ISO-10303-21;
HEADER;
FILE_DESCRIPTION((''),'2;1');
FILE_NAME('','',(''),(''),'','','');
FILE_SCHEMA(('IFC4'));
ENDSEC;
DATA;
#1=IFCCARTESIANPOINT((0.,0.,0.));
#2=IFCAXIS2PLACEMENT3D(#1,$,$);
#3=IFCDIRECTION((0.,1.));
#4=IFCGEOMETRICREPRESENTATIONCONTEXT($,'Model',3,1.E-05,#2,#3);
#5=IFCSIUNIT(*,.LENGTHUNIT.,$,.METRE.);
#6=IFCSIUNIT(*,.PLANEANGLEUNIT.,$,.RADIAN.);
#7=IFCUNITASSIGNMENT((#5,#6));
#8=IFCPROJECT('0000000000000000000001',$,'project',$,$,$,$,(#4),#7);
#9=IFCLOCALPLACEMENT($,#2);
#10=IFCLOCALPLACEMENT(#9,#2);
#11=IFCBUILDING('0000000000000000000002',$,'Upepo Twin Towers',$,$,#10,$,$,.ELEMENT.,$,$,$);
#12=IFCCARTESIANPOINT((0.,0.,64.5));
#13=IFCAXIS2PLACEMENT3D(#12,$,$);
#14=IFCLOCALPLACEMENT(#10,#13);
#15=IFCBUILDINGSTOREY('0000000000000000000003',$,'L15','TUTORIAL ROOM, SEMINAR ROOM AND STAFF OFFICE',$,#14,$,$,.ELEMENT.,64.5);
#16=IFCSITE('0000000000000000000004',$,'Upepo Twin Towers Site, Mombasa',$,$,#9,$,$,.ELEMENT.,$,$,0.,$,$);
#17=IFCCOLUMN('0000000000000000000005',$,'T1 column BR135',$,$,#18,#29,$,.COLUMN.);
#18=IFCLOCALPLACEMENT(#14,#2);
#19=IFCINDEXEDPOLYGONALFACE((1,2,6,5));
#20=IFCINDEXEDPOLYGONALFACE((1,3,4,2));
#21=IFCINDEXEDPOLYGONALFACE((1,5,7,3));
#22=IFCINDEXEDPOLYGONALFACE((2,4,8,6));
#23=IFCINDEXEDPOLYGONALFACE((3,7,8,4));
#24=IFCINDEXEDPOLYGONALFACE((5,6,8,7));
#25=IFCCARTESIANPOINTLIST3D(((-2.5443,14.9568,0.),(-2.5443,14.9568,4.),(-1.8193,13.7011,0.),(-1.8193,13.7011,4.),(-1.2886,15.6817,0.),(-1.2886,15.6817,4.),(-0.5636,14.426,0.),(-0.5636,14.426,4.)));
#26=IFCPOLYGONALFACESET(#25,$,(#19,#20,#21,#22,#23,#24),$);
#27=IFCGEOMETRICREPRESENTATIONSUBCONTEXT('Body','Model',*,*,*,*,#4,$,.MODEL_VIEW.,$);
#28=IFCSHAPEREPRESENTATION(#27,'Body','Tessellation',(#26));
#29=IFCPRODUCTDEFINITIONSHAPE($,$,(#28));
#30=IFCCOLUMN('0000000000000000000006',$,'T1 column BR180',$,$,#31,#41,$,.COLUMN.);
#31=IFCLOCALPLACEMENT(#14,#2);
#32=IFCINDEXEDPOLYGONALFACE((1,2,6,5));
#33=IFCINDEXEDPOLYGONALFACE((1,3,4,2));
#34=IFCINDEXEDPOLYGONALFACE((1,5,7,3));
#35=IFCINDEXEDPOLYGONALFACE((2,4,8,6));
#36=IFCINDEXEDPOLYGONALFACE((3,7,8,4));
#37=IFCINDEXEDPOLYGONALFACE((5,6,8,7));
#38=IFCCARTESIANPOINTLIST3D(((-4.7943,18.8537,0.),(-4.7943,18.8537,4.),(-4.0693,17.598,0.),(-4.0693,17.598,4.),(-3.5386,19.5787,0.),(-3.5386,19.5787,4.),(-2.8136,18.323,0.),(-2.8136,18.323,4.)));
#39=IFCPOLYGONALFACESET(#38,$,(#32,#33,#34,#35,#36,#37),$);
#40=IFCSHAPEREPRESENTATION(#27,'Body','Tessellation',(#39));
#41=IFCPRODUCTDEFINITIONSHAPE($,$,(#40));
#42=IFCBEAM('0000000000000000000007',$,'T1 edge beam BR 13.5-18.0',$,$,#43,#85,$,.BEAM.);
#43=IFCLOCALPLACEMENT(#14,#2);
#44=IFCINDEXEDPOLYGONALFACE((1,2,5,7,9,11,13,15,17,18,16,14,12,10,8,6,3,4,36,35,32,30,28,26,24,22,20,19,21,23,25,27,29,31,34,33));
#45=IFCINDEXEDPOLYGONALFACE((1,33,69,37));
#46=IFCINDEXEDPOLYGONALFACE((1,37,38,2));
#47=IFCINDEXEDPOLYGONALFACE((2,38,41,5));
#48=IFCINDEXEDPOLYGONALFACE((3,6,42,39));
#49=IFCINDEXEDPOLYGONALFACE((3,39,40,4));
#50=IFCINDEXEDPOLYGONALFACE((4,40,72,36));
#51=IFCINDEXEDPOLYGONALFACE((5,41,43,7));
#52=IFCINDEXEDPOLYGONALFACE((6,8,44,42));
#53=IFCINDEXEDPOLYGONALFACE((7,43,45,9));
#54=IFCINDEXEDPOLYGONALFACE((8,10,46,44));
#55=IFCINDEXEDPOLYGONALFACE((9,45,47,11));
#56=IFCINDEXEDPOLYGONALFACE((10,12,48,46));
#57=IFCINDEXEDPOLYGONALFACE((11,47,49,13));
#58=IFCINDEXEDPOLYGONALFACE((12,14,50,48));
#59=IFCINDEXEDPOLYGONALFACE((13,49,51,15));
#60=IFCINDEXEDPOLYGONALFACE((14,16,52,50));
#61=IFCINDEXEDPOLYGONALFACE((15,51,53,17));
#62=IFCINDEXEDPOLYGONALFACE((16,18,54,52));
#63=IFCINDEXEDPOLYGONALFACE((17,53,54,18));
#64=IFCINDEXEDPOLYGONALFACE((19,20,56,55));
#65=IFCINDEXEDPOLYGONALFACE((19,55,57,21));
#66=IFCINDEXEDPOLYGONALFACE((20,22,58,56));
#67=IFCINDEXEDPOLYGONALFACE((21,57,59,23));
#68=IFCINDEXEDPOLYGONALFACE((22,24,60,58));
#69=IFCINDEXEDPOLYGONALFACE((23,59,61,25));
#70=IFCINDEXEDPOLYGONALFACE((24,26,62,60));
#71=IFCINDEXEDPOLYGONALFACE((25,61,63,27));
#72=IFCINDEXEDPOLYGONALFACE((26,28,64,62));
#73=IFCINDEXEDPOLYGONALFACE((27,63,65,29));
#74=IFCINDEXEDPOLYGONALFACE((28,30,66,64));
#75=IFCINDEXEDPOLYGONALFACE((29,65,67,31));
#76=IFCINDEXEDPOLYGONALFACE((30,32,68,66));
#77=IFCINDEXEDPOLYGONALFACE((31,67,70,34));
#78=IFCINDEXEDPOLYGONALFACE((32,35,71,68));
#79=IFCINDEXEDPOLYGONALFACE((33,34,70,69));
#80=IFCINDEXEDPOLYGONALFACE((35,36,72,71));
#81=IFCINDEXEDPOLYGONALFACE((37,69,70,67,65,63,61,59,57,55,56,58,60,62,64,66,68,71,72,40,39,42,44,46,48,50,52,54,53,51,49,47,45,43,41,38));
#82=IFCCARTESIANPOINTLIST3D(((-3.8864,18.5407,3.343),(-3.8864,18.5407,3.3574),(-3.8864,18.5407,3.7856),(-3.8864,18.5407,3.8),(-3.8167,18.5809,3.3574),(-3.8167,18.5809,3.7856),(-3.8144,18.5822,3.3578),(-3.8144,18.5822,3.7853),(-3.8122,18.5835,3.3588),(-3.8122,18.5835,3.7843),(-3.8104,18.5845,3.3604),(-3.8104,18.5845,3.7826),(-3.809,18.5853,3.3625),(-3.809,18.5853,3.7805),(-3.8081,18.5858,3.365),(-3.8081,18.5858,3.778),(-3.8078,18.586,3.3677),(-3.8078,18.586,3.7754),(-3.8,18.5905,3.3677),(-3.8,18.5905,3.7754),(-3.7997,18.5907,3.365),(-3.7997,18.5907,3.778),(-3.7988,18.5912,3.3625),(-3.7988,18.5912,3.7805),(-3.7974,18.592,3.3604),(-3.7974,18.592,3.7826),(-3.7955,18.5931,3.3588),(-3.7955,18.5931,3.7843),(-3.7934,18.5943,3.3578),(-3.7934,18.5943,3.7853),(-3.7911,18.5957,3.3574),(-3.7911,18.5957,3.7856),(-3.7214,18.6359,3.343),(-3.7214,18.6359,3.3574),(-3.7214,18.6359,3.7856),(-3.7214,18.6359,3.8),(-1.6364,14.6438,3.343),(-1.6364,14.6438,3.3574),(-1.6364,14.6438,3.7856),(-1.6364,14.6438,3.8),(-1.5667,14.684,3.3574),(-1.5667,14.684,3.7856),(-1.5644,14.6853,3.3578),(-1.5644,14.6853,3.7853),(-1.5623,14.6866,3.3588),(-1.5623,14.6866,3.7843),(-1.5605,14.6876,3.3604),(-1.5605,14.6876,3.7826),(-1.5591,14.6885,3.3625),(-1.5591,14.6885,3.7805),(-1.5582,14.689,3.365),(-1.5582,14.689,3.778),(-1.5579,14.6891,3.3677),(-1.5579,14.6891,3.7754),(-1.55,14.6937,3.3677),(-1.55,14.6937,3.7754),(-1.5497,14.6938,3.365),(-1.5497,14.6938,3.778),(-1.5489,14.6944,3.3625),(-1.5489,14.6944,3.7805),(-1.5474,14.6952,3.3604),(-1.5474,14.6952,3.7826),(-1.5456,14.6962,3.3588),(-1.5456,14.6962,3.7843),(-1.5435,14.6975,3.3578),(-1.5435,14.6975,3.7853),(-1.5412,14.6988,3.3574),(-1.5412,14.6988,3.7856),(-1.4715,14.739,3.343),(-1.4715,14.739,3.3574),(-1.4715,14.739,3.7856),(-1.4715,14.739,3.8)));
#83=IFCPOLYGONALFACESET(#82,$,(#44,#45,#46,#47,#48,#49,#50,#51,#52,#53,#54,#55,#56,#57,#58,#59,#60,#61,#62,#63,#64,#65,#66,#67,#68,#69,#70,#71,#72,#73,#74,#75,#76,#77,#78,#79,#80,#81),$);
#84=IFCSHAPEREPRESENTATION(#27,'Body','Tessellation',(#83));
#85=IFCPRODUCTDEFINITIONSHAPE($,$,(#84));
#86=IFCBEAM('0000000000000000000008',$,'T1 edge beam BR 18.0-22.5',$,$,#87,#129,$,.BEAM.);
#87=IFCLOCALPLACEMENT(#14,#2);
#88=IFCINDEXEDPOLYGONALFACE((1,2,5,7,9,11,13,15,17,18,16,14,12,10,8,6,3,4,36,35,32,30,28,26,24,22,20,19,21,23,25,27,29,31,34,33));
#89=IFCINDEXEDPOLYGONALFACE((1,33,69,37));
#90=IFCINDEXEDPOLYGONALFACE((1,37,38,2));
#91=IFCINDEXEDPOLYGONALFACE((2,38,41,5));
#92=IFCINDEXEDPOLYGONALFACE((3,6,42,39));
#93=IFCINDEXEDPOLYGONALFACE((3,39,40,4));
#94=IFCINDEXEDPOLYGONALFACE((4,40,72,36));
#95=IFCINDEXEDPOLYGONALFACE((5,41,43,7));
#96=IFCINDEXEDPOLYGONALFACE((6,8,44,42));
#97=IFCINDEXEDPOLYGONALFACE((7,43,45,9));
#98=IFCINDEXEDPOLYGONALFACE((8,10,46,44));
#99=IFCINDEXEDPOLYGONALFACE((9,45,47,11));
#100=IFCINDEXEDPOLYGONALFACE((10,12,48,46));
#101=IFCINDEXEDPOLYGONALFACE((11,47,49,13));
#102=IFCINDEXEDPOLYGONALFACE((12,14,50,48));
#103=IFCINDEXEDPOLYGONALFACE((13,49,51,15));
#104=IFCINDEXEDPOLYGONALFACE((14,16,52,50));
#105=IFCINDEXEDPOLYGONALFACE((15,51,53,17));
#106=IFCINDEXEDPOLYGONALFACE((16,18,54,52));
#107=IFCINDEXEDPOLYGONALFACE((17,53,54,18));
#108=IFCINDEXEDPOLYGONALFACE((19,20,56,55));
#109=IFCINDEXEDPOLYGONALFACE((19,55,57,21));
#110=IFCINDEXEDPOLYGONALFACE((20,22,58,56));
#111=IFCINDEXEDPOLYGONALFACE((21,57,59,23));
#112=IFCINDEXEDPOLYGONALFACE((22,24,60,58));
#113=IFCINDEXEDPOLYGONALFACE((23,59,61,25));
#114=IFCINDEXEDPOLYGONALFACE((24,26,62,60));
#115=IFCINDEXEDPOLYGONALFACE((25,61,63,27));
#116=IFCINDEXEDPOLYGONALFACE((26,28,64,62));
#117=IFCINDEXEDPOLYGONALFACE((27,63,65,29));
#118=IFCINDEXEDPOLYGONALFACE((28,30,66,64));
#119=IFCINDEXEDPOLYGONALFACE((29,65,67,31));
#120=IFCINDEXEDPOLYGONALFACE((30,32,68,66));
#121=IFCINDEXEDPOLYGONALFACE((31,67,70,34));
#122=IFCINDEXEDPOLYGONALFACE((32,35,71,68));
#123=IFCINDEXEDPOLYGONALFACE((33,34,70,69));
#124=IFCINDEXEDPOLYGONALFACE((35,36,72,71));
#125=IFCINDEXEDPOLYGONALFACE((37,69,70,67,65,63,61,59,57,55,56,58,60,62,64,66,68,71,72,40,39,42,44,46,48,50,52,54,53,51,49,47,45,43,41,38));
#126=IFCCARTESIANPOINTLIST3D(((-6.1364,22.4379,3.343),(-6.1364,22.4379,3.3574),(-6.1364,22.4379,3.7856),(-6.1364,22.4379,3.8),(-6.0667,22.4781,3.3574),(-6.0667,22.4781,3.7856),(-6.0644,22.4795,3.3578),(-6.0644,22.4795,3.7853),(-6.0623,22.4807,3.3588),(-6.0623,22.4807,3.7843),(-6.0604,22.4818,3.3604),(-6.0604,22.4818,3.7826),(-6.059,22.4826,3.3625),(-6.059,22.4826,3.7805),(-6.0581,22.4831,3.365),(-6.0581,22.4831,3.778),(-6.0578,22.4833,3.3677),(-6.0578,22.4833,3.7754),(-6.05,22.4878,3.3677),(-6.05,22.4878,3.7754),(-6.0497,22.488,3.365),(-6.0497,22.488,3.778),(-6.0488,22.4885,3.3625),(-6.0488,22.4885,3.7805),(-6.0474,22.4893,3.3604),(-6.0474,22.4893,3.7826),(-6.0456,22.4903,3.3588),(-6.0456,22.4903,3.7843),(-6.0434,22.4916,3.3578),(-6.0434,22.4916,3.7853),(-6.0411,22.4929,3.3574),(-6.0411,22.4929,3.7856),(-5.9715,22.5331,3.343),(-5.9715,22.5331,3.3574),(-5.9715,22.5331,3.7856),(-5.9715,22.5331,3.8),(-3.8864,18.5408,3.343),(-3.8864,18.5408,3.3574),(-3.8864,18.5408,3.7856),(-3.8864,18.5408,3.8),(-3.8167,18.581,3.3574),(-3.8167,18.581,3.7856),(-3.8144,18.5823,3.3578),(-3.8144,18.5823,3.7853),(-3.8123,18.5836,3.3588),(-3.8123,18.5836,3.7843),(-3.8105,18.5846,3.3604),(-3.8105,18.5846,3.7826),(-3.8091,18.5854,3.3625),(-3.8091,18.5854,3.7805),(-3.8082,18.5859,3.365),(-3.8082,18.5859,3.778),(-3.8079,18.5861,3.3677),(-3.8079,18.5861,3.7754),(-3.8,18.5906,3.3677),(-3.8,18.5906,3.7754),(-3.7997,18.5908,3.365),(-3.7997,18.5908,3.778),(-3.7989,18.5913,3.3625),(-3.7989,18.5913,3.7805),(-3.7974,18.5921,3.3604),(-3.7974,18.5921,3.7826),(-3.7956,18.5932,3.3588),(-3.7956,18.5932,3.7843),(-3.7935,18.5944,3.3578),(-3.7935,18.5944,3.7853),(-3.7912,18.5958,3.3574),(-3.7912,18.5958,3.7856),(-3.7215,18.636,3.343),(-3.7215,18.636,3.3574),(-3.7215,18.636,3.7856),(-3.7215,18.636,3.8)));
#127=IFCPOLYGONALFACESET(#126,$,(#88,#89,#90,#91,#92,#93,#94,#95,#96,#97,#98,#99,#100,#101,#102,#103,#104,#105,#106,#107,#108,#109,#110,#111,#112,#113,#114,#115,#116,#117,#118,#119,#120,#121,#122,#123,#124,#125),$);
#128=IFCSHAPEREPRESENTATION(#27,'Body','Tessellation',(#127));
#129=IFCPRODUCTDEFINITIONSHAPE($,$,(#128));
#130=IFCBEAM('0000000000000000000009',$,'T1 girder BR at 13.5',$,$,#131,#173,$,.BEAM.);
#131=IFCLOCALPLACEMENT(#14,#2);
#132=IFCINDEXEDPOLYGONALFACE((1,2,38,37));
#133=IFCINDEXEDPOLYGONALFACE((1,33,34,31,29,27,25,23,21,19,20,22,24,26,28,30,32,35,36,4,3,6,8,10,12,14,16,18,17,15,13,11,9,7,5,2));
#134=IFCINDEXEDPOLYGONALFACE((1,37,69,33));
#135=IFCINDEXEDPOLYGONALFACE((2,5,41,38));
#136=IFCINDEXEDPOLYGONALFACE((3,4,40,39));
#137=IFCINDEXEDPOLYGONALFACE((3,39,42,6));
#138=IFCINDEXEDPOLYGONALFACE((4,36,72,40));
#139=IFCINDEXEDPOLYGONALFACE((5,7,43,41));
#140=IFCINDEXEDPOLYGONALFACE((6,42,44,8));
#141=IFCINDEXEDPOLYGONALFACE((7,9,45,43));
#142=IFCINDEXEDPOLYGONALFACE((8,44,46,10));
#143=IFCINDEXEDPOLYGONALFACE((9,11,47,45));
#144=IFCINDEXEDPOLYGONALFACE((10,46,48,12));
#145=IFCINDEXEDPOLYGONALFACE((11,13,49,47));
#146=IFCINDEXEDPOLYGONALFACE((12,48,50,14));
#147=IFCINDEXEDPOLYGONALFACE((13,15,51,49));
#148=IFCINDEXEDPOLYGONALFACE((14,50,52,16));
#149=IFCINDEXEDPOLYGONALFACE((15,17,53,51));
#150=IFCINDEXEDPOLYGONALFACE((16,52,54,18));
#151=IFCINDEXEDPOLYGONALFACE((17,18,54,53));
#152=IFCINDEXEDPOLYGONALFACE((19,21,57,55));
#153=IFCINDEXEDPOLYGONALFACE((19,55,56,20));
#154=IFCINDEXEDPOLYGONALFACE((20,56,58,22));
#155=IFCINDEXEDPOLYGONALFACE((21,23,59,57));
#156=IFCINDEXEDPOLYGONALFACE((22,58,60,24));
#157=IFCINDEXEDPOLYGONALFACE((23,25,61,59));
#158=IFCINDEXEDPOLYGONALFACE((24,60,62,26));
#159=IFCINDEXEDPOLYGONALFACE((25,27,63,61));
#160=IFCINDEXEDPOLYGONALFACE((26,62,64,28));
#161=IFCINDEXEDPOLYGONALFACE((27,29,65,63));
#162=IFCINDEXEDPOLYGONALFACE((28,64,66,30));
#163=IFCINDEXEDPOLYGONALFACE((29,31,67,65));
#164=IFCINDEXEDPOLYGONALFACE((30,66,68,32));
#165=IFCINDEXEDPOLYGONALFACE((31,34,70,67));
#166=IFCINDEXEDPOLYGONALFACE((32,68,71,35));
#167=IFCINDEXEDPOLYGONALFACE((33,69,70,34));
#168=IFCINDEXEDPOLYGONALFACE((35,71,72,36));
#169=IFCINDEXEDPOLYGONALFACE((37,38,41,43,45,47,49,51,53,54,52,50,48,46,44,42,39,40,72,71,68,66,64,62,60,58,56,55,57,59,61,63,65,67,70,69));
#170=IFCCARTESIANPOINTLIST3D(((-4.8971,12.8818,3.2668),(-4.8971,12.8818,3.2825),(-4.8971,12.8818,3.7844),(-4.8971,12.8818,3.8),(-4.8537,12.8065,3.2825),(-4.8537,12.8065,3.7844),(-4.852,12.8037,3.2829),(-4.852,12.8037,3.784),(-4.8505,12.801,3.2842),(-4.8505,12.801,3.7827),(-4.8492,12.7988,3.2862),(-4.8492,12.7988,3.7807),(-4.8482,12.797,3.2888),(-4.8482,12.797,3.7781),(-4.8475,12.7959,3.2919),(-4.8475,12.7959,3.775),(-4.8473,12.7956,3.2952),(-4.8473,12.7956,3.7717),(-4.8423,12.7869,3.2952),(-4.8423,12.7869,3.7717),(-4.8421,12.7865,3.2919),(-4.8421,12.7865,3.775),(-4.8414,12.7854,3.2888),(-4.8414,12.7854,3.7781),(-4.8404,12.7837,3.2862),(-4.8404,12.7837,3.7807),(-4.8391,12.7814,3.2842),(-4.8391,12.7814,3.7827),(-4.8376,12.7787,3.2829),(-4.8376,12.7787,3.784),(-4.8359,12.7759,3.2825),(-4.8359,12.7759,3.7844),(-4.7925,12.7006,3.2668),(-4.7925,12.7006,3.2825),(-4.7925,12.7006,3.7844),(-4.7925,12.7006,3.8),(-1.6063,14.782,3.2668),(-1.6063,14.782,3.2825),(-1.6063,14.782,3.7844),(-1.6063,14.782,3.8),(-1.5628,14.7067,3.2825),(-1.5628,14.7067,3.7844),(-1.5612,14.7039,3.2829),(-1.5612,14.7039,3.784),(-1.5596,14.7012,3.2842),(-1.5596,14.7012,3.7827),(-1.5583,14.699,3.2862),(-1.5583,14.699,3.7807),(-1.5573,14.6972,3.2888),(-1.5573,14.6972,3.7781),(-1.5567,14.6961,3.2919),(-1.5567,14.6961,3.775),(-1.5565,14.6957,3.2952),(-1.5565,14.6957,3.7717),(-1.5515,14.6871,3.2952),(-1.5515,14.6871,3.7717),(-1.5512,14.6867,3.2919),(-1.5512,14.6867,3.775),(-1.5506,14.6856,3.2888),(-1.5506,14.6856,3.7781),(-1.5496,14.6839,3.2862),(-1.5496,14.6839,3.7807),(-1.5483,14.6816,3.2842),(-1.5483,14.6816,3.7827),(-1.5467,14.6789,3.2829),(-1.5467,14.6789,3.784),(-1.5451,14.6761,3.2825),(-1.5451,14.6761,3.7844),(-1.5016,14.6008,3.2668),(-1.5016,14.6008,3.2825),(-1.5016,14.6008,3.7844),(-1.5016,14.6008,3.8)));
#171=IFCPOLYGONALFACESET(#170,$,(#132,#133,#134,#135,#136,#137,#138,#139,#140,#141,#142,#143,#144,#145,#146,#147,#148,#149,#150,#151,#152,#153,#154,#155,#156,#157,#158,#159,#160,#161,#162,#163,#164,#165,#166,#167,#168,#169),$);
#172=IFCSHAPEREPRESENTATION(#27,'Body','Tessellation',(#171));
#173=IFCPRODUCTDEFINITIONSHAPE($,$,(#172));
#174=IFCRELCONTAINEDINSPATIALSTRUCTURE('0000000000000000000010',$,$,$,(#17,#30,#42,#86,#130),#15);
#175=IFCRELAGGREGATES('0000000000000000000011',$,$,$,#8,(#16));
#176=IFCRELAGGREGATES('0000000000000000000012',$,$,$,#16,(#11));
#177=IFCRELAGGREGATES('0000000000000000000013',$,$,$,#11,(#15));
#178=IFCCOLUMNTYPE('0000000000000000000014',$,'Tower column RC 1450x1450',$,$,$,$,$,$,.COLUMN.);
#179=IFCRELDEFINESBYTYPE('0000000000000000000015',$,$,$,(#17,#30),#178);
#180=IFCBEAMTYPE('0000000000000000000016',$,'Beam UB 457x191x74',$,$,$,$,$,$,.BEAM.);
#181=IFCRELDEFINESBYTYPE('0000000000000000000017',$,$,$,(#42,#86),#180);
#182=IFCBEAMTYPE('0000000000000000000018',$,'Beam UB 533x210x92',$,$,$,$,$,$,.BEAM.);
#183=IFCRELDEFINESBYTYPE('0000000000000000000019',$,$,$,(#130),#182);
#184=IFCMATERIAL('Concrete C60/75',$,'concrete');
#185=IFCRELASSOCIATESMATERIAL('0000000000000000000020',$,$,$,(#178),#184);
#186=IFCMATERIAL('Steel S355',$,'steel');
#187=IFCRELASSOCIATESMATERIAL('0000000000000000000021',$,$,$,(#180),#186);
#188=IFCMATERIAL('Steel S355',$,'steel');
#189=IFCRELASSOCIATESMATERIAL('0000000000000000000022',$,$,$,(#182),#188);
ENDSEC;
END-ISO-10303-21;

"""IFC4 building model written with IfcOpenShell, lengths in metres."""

from ifc_helpers import new_model, si_unit, direction, frame, origin, origin_2d, place, context, subcontext, project, spatial, rectangle, i_section, extrude, material, material_profile, profile_set, type_object, element, save


model = new_model("IFC4")

# Units and contexts
model_context = context("Model", 3, precision=1e-05, world=origin(), true_north=direction((0.0, 1.0)))
body_context = subcontext(model_context, "Body", "Model", "MODEL_VIEW")
ifc_project = project(units=[si_unit("LENGTHUNIT", "METRE"), si_unit("PLANEANGLEUNIT", "RADIAN")], contexts=[model_context])

# Site, building, storey
site_placement = place(None, origin())
site = spatial("IfcSite", under=ifc_project, at=site_placement, Name="Upepo Twin Towers Site, Mombasa", CompositionType="ELEMENT", RefElevation=0.0)
building_placement = place(site_placement, origin())
building = spatial("IfcBuilding", under=site, at=building_placement, Name="Upepo Twin Towers", CompositionType="ELEMENT")
storey_placement = place(building_placement, frame((0.0, 0.0, 64.5)))
storey = spatial("IfcBuildingStorey", under=building, at=storey_placement, Name="L15", Description="TUTORIAL ROOM, SEMINAR ROOM AND STAFF OFFICE", CompositionType="ELEMENT", Elevation=64.5)

# Columns
ifc_material_1 = material(Name="Concrete C60/75", Category="concrete")
ifc_material_profile_1 = material_profile(ifc_material_1, rectangle(XDim=1.45, YDim=1.45, at=origin_2d()), Name="RC 1450x1450")
ifc_profile_set_1 = profile_set([ifc_material_profile_1], Name="Concrete C60/75")
column_type = type_object("IfcColumnType", Name="Tower column RC 1450x1450", PredefinedType="COLUMN", material=ifc_profile_set_1)
for number, where, z_axis, x_axis, name in (
    (1, (-1.554, 14.6914, 0.0), (0.0, 0.0, 1.0), (0.866025, 0.5, 0.0), "T1 column BR135"),
    (2, (-3.804, 18.5884, 0.0), (0.0, 0.0, 1.0), (0.866025, 0.5, 0.0), "T1 column BR180"),
):
    element("IfcColumn", number, at=place(storey_placement, frame(where, z_axis=z_axis, x_axis=x_axis)), inside=storey, type_object=column_type, Name=name, PredefinedType="COLUMN", context=body_context, shape_type="SweptSolid", body=[
        extrude(rectangle(XDim=1.45, YDim=1.45, at=origin_2d()), origin(), (0.0, 0.0, 1.0), 4.0),
    ])

# Beams
ifc_material_2 = material(Name="Steel S355", Category="steel")
ifc_material_profile_2 = material_profile(ifc_material_2, i_section(OverallWidth=0.1904, OverallDepth=0.457, WebThickness=0.009, FlangeThickness=0.0144, FilletRadius=0.0103, at=origin_2d()), Name="UB 457x191x74")
ifc_profile_set_2 = profile_set([ifc_material_profile_2], Name="Steel S355")
beam_type_1 = type_object("IfcBeamType", Name="Beam UB 457x191x74", PredefinedType="BEAM", material=ifc_profile_set_2)
beam_1_placement = place(storey_placement, frame((-1.554, 14.6914, 3.5715), z_axis=(-0.500014, 0.866018, 0.0), x_axis=(-0.866018, -0.500014, 0.0)))
element("IfcBeam", 3, at=beam_1_placement, inside=storey, type_object=beam_type_1, Name="T1 edge beam BR 13.5-18.0", PredefinedType="BEAM", context=body_context, shape_type="SweptSolid", body=[
    extrude(i_section(OverallWidth=0.1904, OverallDepth=0.457, WebThickness=0.009, FlangeThickness=0.0144, FilletRadius=0.0103, at=origin_2d()), origin(), (0.0, 0.0, 1.0), 4.4998),
])
beam_2_placement = place(storey_placement, frame((-3.804, 18.5884, 3.5715), z_axis=(-0.49999, 0.866031, 0.0), x_axis=(-0.866031, -0.49999, 0.0)))
element("IfcBeam", 4, at=beam_2_placement, inside=storey, type_object=beam_type_1, Name="T1 edge beam BR 18.0-22.5", PredefinedType="BEAM", context=body_context, shape_type="SweptSolid", body=[
    extrude(i_section(OverallWidth=0.1904, OverallDepth=0.457, WebThickness=0.009, FlangeThickness=0.0144, FilletRadius=0.0103, at=origin_2d()), origin(), (0.0, 0.0, 1.0), 4.5),
])
ifc_material_3 = material(Name="Steel S355", Category="steel")
ifc_material_profile_3 = material_profile(ifc_material_3, i_section(OverallWidth=0.2092, OverallDepth=0.5332, WebThickness=0.01, FlangeThickness=0.0156, FilletRadius=0.0127, at=origin_2d()), Name="UB 533x210x92")
ifc_profile_set_3 = profile_set([ifc_material_profile_3], Name="Steel S355")
beam_type_2 = type_object("IfcBeamType", Name="Beam UB 533x210x92", PredefinedType="BEAM", material=ifc_profile_set_3)
beam_3_placement = place(storey_placement, frame((-1.554, 14.6914, 3.5334), z_axis=(-0.866, -0.500043, 0.0), x_axis=(0.500043, -0.866, 0.0)))
element("IfcBeam", 5, at=beam_3_placement, inside=storey, type_object=beam_type_2, Name="T1 girder BR at 13.5", PredefinedType="BEAM", context=body_context, shape_type="SweptSolid", body=[
    extrude(i_section(OverallWidth=0.2092, OverallDepth=0.5332, WebThickness=0.01, FlangeThickness=0.0156, FilletRadius=0.0127, at=origin_2d()), origin(), (0.0, 0.0, 1.0), 3.8),
])

save(model, "model.ifc")
